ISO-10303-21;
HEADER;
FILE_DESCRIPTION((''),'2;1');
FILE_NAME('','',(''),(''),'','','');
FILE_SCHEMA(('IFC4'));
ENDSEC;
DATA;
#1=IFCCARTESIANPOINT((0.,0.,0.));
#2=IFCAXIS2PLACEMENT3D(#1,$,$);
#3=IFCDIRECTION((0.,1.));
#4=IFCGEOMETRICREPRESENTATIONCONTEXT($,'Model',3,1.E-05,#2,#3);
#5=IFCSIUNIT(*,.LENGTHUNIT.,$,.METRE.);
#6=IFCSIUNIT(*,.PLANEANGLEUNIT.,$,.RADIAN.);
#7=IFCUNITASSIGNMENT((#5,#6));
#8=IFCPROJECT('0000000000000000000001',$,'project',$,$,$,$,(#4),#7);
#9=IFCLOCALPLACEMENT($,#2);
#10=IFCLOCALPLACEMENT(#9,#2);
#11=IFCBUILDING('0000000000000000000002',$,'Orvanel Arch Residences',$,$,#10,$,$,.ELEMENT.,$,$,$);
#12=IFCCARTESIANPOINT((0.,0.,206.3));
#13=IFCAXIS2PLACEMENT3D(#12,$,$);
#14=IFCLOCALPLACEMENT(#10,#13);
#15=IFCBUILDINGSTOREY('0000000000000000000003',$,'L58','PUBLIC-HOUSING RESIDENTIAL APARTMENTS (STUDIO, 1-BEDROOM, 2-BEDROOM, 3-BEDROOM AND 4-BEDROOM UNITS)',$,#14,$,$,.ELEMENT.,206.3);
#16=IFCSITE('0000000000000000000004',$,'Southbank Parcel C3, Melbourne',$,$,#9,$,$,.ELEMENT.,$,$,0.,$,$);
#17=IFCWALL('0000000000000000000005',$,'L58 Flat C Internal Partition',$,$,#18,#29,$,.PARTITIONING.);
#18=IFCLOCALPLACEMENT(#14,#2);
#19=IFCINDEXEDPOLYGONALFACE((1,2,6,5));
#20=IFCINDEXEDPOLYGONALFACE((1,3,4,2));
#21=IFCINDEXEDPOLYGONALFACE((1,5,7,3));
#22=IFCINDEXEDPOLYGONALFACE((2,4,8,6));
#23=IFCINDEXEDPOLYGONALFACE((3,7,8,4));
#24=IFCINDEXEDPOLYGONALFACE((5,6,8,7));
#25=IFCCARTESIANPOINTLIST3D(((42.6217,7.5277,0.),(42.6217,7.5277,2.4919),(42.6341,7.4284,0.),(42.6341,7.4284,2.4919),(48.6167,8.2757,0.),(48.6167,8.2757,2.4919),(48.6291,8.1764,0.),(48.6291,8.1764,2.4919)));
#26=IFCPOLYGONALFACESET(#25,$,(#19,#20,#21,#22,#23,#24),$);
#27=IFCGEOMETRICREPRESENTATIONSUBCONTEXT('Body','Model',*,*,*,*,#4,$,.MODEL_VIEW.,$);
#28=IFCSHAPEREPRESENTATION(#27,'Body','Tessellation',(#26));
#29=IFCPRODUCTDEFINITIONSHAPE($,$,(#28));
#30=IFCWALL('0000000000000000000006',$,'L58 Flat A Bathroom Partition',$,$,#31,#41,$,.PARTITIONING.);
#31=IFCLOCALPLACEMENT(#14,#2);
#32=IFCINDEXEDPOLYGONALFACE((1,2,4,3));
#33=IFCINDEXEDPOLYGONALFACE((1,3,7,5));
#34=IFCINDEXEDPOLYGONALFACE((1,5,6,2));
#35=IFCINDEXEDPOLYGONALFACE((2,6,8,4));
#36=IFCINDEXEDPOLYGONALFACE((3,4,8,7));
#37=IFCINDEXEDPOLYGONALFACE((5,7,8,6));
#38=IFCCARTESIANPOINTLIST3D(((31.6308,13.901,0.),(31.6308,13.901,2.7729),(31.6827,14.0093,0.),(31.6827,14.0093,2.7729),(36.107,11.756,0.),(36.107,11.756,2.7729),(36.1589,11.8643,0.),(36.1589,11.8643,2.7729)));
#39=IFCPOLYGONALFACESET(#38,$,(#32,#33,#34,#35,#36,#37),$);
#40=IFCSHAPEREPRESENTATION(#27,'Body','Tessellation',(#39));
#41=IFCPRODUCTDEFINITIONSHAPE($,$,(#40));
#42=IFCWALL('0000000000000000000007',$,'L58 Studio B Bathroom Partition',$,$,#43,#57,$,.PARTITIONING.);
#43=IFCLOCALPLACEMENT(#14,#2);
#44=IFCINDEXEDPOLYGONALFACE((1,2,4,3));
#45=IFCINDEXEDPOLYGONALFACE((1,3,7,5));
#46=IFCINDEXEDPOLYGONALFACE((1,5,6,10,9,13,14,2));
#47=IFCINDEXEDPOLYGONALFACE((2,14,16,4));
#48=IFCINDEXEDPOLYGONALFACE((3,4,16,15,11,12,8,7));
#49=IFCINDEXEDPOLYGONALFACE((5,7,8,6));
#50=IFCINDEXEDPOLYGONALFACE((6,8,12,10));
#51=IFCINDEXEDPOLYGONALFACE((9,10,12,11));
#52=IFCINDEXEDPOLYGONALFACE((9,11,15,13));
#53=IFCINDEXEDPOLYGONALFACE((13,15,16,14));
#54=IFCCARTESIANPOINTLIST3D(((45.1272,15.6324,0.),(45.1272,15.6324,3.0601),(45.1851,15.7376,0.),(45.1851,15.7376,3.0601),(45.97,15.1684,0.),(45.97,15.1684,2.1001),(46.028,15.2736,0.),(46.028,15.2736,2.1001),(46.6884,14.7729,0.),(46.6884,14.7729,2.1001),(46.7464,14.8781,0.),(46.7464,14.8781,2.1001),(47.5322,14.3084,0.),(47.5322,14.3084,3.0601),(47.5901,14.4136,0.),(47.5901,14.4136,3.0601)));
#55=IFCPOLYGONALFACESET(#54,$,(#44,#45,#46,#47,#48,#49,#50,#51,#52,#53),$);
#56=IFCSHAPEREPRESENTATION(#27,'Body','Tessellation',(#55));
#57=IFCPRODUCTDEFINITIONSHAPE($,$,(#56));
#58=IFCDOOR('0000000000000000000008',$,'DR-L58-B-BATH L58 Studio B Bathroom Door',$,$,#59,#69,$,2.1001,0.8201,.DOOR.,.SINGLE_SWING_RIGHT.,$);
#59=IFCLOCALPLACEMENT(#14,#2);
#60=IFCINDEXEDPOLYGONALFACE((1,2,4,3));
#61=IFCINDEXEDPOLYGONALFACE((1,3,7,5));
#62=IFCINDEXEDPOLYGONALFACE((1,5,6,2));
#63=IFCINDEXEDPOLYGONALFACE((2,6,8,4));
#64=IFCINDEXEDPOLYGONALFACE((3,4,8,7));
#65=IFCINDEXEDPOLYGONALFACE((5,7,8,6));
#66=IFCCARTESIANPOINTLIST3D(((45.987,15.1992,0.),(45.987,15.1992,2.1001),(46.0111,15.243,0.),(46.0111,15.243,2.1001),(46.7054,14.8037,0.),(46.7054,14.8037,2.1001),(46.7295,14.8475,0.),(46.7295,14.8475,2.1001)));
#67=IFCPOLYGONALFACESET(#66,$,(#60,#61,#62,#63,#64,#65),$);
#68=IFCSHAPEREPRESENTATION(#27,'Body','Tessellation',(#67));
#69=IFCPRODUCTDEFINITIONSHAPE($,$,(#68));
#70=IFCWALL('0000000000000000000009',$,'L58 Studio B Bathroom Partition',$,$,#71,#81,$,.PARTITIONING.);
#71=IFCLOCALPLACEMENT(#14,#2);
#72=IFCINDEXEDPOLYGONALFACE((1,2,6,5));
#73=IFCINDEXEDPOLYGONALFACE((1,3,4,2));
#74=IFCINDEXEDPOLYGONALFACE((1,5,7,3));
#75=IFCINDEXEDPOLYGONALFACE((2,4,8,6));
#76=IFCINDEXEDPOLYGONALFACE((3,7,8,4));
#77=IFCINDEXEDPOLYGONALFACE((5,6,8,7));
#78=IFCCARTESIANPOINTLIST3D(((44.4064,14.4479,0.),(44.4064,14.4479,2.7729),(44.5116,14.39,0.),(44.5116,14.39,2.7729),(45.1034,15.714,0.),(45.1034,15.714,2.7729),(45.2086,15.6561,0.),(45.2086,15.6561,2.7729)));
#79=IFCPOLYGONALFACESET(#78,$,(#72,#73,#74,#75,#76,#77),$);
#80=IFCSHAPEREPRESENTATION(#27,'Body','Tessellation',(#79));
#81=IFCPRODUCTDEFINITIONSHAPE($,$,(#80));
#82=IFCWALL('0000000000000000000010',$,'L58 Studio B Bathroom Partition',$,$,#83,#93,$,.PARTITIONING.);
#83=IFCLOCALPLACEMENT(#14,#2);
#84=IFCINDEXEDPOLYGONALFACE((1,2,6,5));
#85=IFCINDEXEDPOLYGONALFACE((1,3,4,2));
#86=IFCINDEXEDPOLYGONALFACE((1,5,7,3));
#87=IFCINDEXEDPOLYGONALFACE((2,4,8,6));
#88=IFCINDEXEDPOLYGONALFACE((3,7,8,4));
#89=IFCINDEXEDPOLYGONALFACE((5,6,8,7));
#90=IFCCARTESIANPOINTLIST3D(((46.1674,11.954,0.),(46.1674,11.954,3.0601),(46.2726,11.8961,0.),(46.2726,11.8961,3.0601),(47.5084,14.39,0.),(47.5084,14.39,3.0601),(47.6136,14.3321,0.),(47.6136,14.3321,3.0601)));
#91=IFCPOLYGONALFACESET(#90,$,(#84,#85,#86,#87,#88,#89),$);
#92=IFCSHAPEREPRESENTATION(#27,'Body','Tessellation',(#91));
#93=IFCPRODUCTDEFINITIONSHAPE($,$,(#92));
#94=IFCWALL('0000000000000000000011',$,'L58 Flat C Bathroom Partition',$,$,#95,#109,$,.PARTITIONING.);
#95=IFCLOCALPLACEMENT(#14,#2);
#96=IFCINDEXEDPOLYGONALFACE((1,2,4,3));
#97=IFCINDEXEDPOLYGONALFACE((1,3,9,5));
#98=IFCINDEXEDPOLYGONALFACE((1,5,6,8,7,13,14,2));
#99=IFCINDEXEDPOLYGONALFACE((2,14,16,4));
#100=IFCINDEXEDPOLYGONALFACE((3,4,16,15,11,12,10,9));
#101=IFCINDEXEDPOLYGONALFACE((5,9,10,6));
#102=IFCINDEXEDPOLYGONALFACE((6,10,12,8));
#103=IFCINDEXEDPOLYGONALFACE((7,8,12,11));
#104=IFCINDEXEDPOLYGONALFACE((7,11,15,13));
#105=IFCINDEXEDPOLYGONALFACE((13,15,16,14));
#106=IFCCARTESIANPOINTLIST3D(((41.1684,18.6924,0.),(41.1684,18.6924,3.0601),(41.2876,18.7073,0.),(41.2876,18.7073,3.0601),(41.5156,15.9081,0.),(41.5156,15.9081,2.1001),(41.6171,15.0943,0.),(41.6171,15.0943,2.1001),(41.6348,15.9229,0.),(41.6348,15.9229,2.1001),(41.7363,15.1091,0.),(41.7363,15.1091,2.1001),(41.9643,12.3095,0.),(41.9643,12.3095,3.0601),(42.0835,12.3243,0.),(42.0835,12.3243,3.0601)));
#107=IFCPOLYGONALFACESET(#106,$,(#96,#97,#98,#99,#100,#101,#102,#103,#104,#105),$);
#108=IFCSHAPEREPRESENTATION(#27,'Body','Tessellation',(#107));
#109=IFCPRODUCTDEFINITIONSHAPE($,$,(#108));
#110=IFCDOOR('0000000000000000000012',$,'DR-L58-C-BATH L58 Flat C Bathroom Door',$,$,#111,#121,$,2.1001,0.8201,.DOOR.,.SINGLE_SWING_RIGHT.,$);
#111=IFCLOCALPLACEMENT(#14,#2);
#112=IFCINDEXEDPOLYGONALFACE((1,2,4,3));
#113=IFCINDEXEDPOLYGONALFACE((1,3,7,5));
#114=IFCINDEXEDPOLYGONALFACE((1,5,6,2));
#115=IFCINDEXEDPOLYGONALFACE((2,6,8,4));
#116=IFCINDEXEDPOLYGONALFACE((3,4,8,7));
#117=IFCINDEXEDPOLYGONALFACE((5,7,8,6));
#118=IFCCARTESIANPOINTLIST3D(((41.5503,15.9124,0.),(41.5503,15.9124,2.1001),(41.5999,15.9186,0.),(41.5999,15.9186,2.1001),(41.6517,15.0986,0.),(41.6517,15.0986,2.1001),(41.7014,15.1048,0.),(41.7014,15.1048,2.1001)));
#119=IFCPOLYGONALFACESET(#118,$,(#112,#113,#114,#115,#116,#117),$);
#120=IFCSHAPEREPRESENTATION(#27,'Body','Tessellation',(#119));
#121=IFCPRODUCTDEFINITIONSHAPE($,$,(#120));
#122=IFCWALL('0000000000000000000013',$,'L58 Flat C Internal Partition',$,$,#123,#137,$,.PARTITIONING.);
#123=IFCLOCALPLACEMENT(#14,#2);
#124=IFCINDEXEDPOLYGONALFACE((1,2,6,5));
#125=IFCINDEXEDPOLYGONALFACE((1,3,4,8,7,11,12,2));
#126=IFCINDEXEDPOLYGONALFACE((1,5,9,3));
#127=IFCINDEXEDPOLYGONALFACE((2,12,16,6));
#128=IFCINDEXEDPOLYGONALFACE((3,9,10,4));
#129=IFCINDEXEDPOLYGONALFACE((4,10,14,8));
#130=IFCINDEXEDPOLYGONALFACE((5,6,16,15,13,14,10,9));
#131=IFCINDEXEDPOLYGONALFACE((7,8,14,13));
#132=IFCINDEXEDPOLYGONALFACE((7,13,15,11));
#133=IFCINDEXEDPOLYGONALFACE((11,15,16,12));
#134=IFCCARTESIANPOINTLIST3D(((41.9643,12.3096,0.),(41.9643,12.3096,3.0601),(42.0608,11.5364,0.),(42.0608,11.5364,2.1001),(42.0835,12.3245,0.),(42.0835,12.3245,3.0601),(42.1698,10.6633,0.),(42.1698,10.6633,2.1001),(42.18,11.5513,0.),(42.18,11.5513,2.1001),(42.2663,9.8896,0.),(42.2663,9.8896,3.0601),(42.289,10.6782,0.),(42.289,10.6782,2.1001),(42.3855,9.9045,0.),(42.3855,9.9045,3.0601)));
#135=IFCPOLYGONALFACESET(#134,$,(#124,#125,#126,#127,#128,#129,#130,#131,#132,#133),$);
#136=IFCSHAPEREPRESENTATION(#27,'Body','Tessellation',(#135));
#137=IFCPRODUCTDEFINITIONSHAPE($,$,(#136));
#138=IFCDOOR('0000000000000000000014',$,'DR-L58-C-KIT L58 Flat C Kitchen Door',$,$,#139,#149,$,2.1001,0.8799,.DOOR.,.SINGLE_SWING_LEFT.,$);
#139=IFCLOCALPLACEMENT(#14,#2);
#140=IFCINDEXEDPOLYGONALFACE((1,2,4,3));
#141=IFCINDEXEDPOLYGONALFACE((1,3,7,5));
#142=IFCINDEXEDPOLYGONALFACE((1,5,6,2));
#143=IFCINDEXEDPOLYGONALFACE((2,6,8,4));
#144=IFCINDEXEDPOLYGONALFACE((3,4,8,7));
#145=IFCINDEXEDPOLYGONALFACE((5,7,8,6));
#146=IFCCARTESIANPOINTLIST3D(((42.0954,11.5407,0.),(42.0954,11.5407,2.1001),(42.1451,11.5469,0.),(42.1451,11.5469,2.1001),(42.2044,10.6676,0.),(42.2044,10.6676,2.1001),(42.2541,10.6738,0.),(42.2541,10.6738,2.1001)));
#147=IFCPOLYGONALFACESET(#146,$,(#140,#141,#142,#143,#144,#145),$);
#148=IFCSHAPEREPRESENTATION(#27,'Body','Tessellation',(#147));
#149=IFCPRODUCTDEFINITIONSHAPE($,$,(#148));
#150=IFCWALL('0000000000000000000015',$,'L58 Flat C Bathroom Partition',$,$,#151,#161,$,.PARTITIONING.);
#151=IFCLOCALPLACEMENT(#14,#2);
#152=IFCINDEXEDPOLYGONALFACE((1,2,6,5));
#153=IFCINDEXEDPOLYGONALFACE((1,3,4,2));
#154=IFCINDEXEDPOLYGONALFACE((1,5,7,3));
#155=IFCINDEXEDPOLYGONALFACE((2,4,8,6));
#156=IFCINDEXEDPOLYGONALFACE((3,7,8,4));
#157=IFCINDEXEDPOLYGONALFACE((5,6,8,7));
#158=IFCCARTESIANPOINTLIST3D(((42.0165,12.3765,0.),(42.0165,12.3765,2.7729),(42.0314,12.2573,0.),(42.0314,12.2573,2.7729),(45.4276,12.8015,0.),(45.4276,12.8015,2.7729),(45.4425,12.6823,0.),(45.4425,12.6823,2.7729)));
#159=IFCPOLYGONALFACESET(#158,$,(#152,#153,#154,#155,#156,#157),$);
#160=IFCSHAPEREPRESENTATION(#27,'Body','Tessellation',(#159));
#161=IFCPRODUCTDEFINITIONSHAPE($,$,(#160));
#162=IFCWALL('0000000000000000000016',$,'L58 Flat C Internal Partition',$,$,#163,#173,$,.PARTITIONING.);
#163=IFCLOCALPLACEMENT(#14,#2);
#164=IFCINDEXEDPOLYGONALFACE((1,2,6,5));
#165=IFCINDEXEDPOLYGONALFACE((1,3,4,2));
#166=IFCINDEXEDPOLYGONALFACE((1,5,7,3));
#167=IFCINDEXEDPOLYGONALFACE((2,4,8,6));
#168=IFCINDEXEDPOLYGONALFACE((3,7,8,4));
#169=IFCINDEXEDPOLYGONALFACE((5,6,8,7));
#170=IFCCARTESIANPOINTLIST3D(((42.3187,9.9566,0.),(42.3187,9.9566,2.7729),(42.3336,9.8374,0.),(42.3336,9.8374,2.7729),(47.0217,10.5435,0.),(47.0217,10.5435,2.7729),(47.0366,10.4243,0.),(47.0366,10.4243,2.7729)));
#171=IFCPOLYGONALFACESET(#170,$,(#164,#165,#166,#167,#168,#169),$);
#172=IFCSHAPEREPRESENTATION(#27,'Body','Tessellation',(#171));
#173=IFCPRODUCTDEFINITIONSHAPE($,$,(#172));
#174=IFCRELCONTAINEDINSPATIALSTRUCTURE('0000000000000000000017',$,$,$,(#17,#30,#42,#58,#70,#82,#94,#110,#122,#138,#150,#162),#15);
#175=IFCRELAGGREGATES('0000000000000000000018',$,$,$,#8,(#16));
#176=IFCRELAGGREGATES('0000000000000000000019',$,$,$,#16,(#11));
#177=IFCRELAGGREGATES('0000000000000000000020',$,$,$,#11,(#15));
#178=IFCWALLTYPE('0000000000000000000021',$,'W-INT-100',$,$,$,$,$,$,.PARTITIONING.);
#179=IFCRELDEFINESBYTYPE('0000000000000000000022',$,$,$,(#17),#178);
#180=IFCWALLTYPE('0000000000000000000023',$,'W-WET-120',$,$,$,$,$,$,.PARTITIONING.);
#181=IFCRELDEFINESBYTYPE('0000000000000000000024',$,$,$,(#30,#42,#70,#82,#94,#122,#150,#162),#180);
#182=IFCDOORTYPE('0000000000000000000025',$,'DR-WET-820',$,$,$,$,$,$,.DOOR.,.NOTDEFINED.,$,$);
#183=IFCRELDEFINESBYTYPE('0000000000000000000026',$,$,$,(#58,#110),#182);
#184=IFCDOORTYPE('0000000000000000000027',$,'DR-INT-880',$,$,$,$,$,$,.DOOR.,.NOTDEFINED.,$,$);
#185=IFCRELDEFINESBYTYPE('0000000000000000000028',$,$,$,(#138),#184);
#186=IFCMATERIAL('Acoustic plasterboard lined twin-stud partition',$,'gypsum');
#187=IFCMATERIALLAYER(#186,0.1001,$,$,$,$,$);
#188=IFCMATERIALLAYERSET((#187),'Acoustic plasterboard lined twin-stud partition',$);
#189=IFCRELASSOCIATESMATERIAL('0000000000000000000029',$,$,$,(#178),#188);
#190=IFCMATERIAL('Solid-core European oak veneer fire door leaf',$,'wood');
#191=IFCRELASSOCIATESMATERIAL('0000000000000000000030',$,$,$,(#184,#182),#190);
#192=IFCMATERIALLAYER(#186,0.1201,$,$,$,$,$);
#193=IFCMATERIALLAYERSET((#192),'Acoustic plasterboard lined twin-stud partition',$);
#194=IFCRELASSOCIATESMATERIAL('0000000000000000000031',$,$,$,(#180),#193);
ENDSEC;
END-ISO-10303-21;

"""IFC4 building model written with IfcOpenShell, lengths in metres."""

from ifc_helpers import new_model, si_unit, direction, frame, frame_2d, origin, place, context, subcontext, project, spatial, rectangle, extrude, material, layer, layer_set, type_object, element, fill, save


model = new_model("IFC4")

# Units and contexts
model_context = context("Model", 3, precision=1e-05, world=origin(), true_north=direction((0.0, 1.0)))
body_context = subcontext(model_context, "Body", "Model", "MODEL_VIEW")
ifc_project = project(units=[si_unit("LENGTHUNIT", "METRE"), si_unit("PLANEANGLEUNIT", "RADIAN")], contexts=[model_context])

# Site, building, storey
site_placement = place(None, origin())
site = spatial("IfcSite", under=ifc_project, at=site_placement, Name="Southbank Parcel C3, Melbourne", CompositionType="ELEMENT", RefElevation=0.0)
building_placement = place(site_placement, origin())
building = spatial("IfcBuilding", under=site, at=building_placement, Name="Orvanel Arch Residences", CompositionType="ELEMENT")
storey_placement = place(building_placement, frame((0.0, 0.0, 206.3)))
storey = spatial("IfcBuildingStorey", under=building, at=storey_placement, Name="L58", Description="PUBLIC-HOUSING RESIDENTIAL APARTMENTS (STUDIO, 1-BEDROOM, 2-BEDROOM, 3-BEDROOM AND 4-BEDROOM UNITS)", CompositionType="ELEMENT", Elevation=206.3)

# Shared definitions
ifc_material_1 = material(Name="Acoustic plasterboard lined twin-stud partition", Category="gypsum")
ifc_layer_1 = layer(ifc_material_1, 0.1001)
ifc_layer_set_1 = layer_set([ifc_layer_1], Name="Acoustic plasterboard lined twin-stud partition")
wall_type_1 = type_object("IfcWallType", Name="W-INT-100", PredefinedType="PARTITIONING", material=ifc_layer_set_1)

# Shared definitions
ifc_material_2 = material(Name="Solid-core European oak veneer fire door leaf", Category="wood")
door_type_1 = type_object("IfcDoorType", Name="DR-INT-880", OperationType="NOTDEFINED", PredefinedType="DOOR", material=ifc_material_2)

# Walls
wall_1_placement = place(storey_placement, frame((42.6279, 7.478, 0.0), z_axis=(0.0, 0.0, 1.0), x_axis=(0.992305, 0.123816, 0.0)))
element("IfcWall", 1, at=wall_1_placement, inside=storey, type_object=wall_type_1, Name="L58 Flat C Internal Partition", PredefinedType="PARTITIONING", context=body_context, shape_type="SweptSolid", body=[
    extrude(rectangle(XDim=6.0415, YDim=0.1001, at=frame_2d((3.0208, 0.0))), origin(), (0.0, 0.0, 1.0), 2.4919),
])
ifc_layer_2 = layer(ifc_material_1, 0.1201)
ifc_layer_set_2 = layer_set([ifc_layer_2], Name="Acoustic plasterboard lined twin-stud partition")
wall_type_2 = type_object("IfcWallType", Name="W-WET-120", PredefinedType="PARTITIONING", material=ifc_layer_set_2)
wall_2_placement = place(storey_placement, frame((36.1331, 11.8101, 0.0), z_axis=(0.0, 0.0, 1.0), x_axis=(-0.901798, 0.432159, 0.0)))
element("IfcWall", 2, at=wall_2_placement, inside=storey, type_object=wall_type_2, Name="L58 Flat A Bathroom Partition", PredefinedType="PARTITIONING", context=body_context, shape_type="SweptSolid", body=[
    extrude(rectangle(XDim=4.9636, YDim=0.1201, at=frame_2d((2.4819, 0.0))), origin(), (0.0, 0.0, 1.0), 2.7729),
])

# Wall, opening, door
wall_3_placement = place(storey_placement, frame((47.561, 14.3611, 0.0), z_axis=(0.0, 0.0, 1.0), x_axis=(-0.87603, 0.482257, 0.0)))
wall_3 = element("IfcWall", 3, at=wall_3_placement, inside=storey, type_object=wall_type_2, Name="L58 Studio B Bathroom Partition", PredefinedType="PARTITIONING", context=body_context, shape_type="SweptSolid", body=[
    extrude(rectangle(XDim=2.7454, YDim=0.1201, at=frame_2d((1.3726, 0.0))), origin(), (0.0, 0.0, 1.0), 3.0601),
])
opening_1_placement = place(wall_3_placement, frame((0.9629, 0.0, 0.0)))
opening_1 = element("IfcOpeningElement", 4, at=opening_1_placement, cuts=wall_3, PredefinedType="OPENING", context=body_context, shape_type="SweptSolid", body=[
    extrude(rectangle(XDim=0.8201, YDim=2.1001, at=frame_2d((0.4102, 1.05))), frame((0.0, 0.0701, 0.0), z_axis=(0.0, -1.0, 0.0), x_axis=(1.0, 0.0, 0.0)), (0.0, 0.0, 1.0), 0.1401),
])
door_type_2 = type_object("IfcDoorType", Name="DR-WET-820", OperationType="NOTDEFINED", PredefinedType="DOOR", material=ifc_material_2)
door_1_placement = place(opening_1_placement, origin())
door_1 = element("IfcDoor", 5, at=door_1_placement, inside=storey, type_object=door_type_2, Name="DR-L58-B-BATH L58 Studio B Bathroom Door", OperationType="SINGLE_SWING_RIGHT", OverallHeight=2.1001, OverallWidth=0.8201, PredefinedType="DOOR", context=body_context, shape_type="SweptSolid", body=[
    extrude(rectangle(XDim=0.8201, YDim=2.1001, at=frame_2d((0.4102, 1.05))), frame((0.0, 0.0249, 0.0), z_axis=(0.0, -1.0, 0.0), x_axis=(1.0, 0.0, 0.0)), (0.0, 0.0, 1.0), 0.05),
])
fill(opening_1, door_1)

# Walls
wall_4_placement = place(storey_placement, frame((45.156, 15.6851, 0.0), z_axis=(0.0, 0.0, 1.0), x_axis=(-0.482269, -0.876023, 0.0)))
element("IfcWall", 6, at=wall_4_placement, inside=storey, type_object=wall_type_2, Name="L58 Studio B Bathroom Partition", PredefinedType="PARTITIONING", context=body_context, shape_type="SweptSolid", body=[
    extrude(rectangle(XDim=1.4453, YDim=0.1201, at=frame_2d((0.7227, 0.0))), origin(), (0.0, 0.0, 1.0), 2.7729),
])
wall_5_placement = place(storey_placement, frame((47.561, 14.3611, 0.0), z_axis=(0.0, 0.0, 1.0), x_axis=(-0.482262, -0.876027, 0.0)))
element("IfcWall", 7, at=wall_5_placement, inside=storey, type_object=wall_type_2, Name="L58 Studio B Bathroom Partition", PredefinedType="PARTITIONING", context=body_context, shape_type="SweptSolid", body=[
    extrude(rectangle(XDim=2.7808, YDim=0.1201, at=frame_2d((1.3904, 0.0))), origin(), (0.0, 0.0, 1.0), 3.0601),
])

# Walls, openings, doors
wall_6_placement = place(storey_placement, frame((41.228, 18.7, 0.0), z_axis=(0.0, 0.0, 1.0), x_axis=(0.123731, -0.992316, 0.0)))
wall_6 = element("IfcWall", 8, at=wall_6_placement, inside=storey, type_object=wall_type_2, Name="L58 Flat C Bathroom Partition", PredefinedType="PARTITIONING", context=body_context, shape_type="SweptSolid", body=[
    extrude(rectangle(XDim=6.4324, YDim=0.1201, at=frame_2d((3.2163, 0.0))), origin(), (0.0, 0.0, 1.0), 3.0601),
])
opening_2_placement = place(wall_6_placement, frame((2.8059, 0.0, 0.0)))
opening_2 = element("IfcOpeningElement", 9, at=opening_2_placement, cuts=wall_6, PredefinedType="OPENING", context=body_context, shape_type="SweptSolid", body=[
    extrude(rectangle(XDim=0.8201, YDim=2.1001, at=frame_2d((0.4102, 1.05))), frame((0.0, 0.0701, 0.0), z_axis=(0.0, -1.0, 0.0), x_axis=(1.0, 0.0, 0.0)), (0.0, 0.0, 1.0), 0.1401),
])
door_2_placement = place(opening_2_placement, origin())
door_2 = element("IfcDoor", 10, at=door_2_placement, inside=storey, type_object=door_type_2, Name="DR-L58-C-BATH L58 Flat C Bathroom Door", OperationType="SINGLE_SWING_RIGHT", OverallHeight=2.1001, OverallWidth=0.8201, PredefinedType="DOOR", context=body_context, shape_type="SweptSolid", body=[
    extrude(rectangle(XDim=0.8201, YDim=2.1001, at=frame_2d((0.4102, 1.05))), frame((0.0, 0.0249, 0.0), z_axis=(0.0, -1.0, 0.0), x_axis=(1.0, 0.0, 0.0)), (0.0, 0.0, 1.0), 0.05),
])
fill(opening_2, door_2)
wall_7_placement = place(storey_placement, frame((42.0239, 12.3169, 0.0), z_axis=(0.0, 0.0, 1.0), x_axis=(0.123838, -0.992302, 0.0)))
wall_7 = element("IfcWall", 11, at=wall_7_placement, inside=storey, type_object=wall_type_2, Name="L58 Flat C Internal Partition", PredefinedType="PARTITIONING", context=body_context, shape_type="SweptSolid", body=[
    extrude(rectangle(XDim=2.4387, YDim=0.1201, at=frame_2d((1.2192, 0.0))), origin(), (0.0, 0.0, 1.0), 3.0601),
])
opening_3_placement = place(wall_7_placement, frame((0.7791, 0.0, 0.0)))
opening_3 = element("IfcOpeningElement", 12, at=opening_3_placement, cuts=wall_7, PredefinedType="OPENING", context=body_context, shape_type="SweptSolid", body=[
    extrude(rectangle(XDim=0.8799, YDim=2.1001, at=frame_2d((0.4399, 1.05))), frame((0.0, 0.0701, 0.0), z_axis=(0.0, -1.0, 0.0), x_axis=(1.0, 0.0, 0.0)), (0.0, 0.0, 1.0), 0.1401),
])
door_3_placement = place(opening_3_placement, origin())
door_3 = element("IfcDoor", 13, at=door_3_placement, inside=storey, type_object=door_type_1, Name="DR-L58-C-KIT L58 Flat C Kitchen Door", OperationType="SINGLE_SWING_LEFT", OverallHeight=2.1001, OverallWidth=0.8799, PredefinedType="DOOR", context=body_context, shape_type="SweptSolid", body=[
    extrude(rectangle(XDim=0.8799, YDim=2.1001, at=frame_2d((0.4399, 1.05))), frame((0.0, 0.0249, 0.0), z_axis=(0.0, -1.0, 0.0), x_axis=(1.0, 0.0, 0.0)), (0.0, 0.0, 1.0), 0.05),
])
fill(opening_3, door_3)

# Walls
wall_8_placement = place(storey_placement, frame((45.4351, 12.7419, 0.0), z_axis=(0.0, 0.0, 1.0), x_axis=(-0.992326, -0.12365, 0.0)))
element("IfcWall", 14, at=wall_8_placement, inside=storey, type_object=wall_type_2, Name="L58 Flat C Bathroom Partition", PredefinedType="PARTITIONING", context=body_context, shape_type="SweptSolid", body=[
    extrude(rectangle(XDim=3.4375, YDim=0.1201, at=frame_2d((1.7188, 0.0))), origin(), (0.0, 0.0, 1.0), 2.7729),
])
wall_9_placement = place(storey_placement, frame((47.0291, 10.4839, 0.0), z_axis=(0.0, 0.0, 1.0), x_axis=(-0.992303, -0.123832, 0.0)))
element("IfcWall", 15, at=wall_9_placement, inside=storey, type_object=wall_type_2, Name="L58 Flat C Internal Partition", PredefinedType="PARTITIONING", context=body_context, shape_type="SweptSolid", body=[
    extrude(rectangle(XDim=4.7395, YDim=0.1201, at=frame_2d((2.3696, 0.0))), origin(), (0.0, 0.0, 1.0), 2.7729),
])

save(model, "model.ifc")
